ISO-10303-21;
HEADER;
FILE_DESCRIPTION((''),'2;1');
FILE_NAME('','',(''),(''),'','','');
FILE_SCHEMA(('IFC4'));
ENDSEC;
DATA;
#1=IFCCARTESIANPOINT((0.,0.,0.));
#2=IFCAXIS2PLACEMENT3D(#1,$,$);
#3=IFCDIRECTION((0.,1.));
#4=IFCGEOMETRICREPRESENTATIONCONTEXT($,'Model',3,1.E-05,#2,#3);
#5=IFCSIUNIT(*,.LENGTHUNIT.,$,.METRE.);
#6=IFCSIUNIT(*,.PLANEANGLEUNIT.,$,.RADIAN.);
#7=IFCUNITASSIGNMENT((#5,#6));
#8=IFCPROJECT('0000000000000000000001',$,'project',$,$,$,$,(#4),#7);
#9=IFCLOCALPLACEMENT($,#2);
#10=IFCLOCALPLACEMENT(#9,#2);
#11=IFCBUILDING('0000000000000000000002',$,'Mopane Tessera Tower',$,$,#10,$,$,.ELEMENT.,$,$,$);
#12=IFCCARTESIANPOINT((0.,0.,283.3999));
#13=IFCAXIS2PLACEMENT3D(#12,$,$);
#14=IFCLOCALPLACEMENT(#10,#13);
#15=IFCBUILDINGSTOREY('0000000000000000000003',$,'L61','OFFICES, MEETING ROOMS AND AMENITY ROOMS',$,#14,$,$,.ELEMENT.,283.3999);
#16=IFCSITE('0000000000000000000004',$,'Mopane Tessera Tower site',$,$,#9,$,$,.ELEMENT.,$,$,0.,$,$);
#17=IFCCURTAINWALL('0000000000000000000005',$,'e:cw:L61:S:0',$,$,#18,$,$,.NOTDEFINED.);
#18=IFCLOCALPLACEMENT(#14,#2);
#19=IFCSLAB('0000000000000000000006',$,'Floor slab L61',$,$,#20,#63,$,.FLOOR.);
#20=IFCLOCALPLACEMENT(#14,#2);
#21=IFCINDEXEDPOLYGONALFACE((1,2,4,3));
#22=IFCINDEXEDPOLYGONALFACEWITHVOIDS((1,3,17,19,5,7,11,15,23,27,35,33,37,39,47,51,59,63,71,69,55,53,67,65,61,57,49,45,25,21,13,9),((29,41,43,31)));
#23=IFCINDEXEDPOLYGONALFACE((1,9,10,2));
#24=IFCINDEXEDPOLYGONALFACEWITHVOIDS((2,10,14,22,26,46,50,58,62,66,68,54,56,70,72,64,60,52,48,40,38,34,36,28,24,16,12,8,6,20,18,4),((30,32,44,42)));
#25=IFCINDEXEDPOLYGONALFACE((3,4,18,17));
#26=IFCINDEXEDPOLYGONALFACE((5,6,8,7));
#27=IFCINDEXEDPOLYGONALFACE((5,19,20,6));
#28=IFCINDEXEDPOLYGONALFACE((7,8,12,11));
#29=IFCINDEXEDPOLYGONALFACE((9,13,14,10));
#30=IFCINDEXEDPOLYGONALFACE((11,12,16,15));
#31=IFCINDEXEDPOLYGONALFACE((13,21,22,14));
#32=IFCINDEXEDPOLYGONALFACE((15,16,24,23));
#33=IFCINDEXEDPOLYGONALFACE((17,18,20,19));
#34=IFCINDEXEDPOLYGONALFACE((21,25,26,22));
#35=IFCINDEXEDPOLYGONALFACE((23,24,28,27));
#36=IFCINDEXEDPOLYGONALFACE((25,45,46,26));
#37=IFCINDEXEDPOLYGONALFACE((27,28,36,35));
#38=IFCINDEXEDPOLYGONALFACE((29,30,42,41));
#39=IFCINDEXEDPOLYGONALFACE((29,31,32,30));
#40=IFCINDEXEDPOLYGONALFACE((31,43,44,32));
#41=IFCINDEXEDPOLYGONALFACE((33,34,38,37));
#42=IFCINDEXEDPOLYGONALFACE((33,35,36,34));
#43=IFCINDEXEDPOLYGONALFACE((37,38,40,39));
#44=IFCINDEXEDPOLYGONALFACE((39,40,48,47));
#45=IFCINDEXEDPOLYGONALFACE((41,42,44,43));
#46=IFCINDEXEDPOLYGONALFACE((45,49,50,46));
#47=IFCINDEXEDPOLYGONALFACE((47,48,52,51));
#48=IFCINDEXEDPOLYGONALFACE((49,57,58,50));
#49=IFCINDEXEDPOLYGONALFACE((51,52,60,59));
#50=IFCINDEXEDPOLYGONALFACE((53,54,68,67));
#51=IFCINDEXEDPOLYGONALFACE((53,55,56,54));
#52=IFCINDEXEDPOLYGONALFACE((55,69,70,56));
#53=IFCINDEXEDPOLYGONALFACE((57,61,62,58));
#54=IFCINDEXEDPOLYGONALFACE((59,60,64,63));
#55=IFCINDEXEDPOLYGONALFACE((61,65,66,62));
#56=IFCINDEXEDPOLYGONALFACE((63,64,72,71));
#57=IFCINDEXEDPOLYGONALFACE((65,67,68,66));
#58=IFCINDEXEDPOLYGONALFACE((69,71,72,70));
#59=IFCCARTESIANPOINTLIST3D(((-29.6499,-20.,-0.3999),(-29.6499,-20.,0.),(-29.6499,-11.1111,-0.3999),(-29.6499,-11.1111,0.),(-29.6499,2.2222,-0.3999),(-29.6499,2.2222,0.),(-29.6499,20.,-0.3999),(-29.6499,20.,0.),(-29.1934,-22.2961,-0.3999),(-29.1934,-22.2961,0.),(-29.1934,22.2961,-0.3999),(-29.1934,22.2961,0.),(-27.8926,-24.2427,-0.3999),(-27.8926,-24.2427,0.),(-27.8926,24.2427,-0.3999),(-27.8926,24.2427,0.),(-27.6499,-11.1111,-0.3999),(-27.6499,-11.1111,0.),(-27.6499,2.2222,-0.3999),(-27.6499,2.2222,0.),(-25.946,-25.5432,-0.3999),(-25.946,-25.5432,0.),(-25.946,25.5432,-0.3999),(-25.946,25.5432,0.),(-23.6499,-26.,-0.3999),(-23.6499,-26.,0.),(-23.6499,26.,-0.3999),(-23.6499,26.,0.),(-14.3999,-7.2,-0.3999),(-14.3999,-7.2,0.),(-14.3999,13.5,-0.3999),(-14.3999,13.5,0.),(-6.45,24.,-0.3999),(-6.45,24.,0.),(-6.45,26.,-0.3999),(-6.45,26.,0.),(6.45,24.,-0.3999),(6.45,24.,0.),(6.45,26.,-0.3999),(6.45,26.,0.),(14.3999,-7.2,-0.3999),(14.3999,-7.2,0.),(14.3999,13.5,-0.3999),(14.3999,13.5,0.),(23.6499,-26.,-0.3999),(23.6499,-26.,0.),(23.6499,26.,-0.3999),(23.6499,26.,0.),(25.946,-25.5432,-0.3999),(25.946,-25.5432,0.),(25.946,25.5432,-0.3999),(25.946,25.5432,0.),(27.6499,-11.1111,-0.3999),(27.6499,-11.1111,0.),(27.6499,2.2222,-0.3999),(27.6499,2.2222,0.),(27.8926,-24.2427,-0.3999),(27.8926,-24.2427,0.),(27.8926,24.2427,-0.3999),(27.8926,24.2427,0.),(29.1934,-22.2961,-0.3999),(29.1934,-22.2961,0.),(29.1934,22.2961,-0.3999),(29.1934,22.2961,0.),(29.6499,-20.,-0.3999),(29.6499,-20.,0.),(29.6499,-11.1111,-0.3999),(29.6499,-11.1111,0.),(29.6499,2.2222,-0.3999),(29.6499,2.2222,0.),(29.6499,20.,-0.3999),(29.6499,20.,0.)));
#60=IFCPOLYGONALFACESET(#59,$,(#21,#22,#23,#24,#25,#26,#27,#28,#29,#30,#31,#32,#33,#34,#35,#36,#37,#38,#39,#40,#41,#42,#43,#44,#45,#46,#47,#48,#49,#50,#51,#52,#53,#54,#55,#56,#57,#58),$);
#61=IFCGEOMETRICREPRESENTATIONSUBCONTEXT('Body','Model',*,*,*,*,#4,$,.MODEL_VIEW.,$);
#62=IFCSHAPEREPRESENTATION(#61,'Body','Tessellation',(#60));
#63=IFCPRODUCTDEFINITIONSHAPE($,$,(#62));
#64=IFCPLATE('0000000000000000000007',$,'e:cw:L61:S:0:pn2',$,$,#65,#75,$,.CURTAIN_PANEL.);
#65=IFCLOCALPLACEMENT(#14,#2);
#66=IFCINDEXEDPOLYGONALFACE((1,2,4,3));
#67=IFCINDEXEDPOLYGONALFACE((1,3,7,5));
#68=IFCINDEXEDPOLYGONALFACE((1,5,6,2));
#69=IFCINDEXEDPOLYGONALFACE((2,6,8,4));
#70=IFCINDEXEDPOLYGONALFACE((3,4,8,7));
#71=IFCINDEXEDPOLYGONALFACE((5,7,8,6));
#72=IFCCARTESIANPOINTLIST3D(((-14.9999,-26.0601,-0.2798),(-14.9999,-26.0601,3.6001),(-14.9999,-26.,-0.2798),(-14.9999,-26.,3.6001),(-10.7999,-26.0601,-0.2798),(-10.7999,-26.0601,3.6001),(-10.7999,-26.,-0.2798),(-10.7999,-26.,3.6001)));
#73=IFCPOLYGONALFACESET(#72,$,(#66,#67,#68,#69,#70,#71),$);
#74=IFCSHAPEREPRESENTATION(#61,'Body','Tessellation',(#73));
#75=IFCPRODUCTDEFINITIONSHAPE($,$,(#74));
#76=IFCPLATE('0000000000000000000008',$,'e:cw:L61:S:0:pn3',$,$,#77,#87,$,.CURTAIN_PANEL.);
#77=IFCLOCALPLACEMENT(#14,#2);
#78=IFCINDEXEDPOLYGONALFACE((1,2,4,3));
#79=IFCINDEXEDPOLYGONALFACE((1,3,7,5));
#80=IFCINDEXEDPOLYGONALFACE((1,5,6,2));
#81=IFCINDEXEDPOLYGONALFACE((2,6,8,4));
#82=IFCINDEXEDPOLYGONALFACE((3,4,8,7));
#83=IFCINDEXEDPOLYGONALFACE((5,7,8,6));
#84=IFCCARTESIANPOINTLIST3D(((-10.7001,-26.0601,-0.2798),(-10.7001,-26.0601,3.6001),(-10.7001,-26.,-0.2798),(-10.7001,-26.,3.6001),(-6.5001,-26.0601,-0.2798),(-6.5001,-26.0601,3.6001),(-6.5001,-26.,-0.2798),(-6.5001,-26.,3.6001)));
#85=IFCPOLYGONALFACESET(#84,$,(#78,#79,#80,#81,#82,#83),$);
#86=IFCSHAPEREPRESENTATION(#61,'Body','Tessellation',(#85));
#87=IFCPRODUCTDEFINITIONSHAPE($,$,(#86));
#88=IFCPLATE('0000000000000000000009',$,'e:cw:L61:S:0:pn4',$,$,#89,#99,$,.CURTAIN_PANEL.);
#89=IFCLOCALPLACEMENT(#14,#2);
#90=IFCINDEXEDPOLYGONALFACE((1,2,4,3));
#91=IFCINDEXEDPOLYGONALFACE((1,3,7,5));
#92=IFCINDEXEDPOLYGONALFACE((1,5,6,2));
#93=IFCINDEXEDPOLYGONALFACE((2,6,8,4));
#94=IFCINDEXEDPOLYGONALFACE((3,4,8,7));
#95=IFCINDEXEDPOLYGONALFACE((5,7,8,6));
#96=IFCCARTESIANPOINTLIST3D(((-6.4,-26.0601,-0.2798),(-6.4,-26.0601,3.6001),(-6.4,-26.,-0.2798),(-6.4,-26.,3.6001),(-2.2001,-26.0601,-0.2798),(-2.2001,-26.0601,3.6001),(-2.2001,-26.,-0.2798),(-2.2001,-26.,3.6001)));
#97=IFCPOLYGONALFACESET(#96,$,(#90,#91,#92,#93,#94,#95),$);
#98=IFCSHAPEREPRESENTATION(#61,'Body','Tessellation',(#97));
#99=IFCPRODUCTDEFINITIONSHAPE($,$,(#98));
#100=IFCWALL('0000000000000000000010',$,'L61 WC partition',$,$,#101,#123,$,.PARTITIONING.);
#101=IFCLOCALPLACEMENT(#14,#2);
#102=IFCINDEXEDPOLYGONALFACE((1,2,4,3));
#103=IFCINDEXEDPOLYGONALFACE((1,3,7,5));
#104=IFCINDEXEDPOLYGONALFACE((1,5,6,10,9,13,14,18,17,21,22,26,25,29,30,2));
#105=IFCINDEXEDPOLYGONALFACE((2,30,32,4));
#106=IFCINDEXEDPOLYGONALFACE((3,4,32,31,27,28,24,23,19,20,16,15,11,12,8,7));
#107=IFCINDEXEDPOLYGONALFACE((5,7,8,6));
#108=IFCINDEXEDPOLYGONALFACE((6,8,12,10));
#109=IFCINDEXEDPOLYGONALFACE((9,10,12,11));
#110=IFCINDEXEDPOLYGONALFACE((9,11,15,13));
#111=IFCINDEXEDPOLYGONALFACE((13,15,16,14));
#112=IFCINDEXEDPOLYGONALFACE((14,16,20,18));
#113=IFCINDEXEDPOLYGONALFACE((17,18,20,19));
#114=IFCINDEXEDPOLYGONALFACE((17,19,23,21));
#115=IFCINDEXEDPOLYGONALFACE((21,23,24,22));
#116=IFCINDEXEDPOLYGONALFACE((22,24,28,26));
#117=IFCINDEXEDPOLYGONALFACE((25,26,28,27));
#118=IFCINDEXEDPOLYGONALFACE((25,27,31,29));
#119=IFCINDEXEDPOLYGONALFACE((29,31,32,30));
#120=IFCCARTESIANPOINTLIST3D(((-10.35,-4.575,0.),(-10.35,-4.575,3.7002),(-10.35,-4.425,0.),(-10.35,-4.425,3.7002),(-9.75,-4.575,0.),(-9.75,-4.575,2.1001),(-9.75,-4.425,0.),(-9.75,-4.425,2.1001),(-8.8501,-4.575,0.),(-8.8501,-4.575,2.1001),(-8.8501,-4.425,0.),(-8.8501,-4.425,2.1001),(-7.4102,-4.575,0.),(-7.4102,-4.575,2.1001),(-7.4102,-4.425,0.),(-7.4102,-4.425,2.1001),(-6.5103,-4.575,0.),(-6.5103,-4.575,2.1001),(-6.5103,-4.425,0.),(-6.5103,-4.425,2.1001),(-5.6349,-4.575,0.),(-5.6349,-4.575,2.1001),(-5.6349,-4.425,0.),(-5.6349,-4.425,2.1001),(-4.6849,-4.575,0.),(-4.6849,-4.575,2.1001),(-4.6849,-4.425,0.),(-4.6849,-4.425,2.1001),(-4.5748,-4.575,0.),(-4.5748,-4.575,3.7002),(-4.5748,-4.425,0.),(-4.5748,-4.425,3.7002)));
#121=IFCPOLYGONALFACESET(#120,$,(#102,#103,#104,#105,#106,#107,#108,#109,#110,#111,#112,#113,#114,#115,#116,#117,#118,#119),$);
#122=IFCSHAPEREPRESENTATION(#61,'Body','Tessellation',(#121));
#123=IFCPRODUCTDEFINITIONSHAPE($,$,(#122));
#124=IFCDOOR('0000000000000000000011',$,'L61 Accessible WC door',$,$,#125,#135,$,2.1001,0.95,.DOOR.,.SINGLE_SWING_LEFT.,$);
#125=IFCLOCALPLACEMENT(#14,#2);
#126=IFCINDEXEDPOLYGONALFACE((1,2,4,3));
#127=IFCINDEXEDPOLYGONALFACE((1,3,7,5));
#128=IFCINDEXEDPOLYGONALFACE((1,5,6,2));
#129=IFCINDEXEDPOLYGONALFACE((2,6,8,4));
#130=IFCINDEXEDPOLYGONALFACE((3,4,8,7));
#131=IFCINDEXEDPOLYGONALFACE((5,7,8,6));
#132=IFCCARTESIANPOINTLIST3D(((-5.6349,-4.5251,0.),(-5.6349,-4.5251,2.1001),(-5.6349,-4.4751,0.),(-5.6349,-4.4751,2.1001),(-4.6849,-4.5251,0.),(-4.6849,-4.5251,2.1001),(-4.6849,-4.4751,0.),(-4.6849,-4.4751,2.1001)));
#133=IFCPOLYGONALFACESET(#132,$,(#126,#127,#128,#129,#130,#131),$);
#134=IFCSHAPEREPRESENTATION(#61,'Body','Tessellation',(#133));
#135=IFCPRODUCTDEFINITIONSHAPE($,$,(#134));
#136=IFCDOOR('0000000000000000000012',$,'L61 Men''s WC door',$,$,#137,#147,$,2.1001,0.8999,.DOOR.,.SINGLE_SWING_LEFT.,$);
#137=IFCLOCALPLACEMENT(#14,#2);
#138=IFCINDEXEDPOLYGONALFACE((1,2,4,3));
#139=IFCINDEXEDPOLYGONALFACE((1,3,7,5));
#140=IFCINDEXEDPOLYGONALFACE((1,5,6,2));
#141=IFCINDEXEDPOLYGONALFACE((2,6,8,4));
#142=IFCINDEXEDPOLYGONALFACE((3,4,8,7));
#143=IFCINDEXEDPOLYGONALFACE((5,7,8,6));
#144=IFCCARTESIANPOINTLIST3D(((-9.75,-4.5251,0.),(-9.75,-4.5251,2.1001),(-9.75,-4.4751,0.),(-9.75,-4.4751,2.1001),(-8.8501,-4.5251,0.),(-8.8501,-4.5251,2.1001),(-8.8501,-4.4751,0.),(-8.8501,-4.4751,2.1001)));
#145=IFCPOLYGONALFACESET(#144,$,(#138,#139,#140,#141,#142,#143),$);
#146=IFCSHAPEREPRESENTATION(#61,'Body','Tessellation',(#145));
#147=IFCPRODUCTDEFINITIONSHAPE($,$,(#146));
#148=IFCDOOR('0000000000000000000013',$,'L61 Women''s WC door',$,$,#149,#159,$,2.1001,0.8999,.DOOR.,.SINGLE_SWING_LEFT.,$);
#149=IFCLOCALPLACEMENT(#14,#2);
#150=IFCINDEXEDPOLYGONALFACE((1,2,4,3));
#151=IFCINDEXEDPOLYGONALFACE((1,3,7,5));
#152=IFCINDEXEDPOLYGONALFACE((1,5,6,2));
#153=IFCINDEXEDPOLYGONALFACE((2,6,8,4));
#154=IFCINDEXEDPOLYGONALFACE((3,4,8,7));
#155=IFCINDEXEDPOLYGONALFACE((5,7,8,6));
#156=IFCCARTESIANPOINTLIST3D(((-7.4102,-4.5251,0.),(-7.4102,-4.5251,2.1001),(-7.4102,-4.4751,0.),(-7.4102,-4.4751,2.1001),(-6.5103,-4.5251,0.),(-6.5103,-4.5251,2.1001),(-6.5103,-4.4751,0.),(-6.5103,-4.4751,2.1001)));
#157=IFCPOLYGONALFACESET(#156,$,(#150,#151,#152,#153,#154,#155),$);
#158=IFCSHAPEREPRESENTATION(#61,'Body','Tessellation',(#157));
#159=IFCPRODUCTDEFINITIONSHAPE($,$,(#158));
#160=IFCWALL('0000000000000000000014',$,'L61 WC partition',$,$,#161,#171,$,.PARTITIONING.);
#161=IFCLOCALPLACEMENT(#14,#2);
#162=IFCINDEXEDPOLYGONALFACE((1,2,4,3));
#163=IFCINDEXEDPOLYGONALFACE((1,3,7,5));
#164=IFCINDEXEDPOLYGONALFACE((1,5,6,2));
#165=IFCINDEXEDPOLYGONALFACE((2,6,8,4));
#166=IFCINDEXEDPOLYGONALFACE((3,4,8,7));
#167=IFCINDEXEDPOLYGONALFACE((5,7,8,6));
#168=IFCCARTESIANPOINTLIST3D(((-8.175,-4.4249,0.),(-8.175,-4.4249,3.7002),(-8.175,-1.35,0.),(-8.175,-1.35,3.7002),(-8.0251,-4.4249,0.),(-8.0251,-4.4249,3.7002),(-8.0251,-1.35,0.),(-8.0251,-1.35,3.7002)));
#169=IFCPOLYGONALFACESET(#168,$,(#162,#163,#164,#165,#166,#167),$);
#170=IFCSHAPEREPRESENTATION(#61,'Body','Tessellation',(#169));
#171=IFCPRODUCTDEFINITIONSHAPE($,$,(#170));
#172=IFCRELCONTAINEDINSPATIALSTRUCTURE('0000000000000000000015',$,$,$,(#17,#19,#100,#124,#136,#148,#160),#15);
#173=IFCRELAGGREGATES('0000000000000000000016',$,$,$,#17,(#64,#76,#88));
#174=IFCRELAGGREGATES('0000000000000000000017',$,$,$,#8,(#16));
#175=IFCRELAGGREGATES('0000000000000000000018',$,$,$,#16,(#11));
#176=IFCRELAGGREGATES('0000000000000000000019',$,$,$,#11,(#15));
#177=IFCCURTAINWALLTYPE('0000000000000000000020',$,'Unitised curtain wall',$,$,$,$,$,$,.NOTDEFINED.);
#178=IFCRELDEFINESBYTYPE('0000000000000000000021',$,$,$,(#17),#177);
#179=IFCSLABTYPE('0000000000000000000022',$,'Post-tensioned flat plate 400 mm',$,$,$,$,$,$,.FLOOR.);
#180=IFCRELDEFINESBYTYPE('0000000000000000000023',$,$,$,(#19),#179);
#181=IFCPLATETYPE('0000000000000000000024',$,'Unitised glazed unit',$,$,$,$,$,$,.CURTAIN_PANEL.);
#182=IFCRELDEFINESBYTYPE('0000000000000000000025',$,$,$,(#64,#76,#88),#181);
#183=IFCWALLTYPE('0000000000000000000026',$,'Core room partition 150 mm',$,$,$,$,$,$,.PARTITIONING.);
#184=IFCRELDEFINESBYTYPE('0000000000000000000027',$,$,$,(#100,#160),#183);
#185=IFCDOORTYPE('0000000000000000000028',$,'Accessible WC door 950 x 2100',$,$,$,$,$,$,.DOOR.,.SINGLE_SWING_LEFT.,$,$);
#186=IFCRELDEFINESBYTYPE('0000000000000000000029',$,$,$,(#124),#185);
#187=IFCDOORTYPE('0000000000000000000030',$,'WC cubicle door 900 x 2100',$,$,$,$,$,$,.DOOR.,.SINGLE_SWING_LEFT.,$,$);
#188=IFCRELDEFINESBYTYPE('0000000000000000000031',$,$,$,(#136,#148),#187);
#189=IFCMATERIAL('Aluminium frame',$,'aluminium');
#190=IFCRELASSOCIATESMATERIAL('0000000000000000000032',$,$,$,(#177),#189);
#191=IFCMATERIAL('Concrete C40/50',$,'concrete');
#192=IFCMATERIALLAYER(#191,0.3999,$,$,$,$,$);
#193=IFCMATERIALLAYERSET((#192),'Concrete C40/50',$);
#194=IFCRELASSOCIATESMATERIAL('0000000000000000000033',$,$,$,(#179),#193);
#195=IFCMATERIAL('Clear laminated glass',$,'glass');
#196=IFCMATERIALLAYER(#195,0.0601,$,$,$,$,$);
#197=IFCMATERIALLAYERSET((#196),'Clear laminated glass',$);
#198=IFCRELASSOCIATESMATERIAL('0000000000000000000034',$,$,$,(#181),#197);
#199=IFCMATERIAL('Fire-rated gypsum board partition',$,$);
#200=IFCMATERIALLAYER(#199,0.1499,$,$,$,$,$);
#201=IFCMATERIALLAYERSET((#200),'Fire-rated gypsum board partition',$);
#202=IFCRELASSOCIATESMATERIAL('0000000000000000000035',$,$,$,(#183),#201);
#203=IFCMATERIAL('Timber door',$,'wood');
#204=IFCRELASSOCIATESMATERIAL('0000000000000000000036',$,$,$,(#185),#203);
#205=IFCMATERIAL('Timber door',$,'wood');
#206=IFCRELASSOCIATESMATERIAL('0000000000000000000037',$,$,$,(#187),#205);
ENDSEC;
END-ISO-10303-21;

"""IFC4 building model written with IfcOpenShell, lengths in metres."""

from ifc_helpers import new_model, si_unit, direction, frame, frame_2d, origin, origin_2d, place, context, subcontext, project, spatial, polyline, rectangle, outline, extrude, material, layer, layer_set, type_object, element, fill, aggregate, save


model = new_model("IFC4")

# Units and contexts
model_context = context("Model", 3, precision=1e-05, world=origin(), true_north=direction((0.0, 1.0)))
body_context = subcontext(model_context, "Body", "Model", "MODEL_VIEW")
ifc_project = project(units=[si_unit("LENGTHUNIT", "METRE"), si_unit("PLANEANGLEUNIT", "RADIAN")], contexts=[model_context])

# Site, building, storey
site_placement = place(None, origin())
site = spatial("IfcSite", under=ifc_project, at=site_placement, Name="Mopane Tessera Tower site", CompositionType="ELEMENT", RefElevation=0.0)
building_placement = place(site_placement, origin())
building = spatial("IfcBuilding", under=site, at=building_placement, Name="Mopane Tessera Tower", CompositionType="ELEMENT")
storey_placement = place(building_placement, frame((0.0, 0.0, 283.3999)))
storey = spatial("IfcBuildingStorey", under=building, at=storey_placement, Name="L61", Description="OFFICES, MEETING ROOMS AND AMENITY ROOMS", CompositionType="ELEMENT", Elevation=283.3999)

# Curtain wall
ifc_material_1 = material(Name="Aluminium frame", Category="aluminium")
curtain_wall_type = type_object("IfcCurtainWallType", Name="Unitised curtain wall", PredefinedType="NOTDEFINED", material=ifc_material_1)
curtain_wall_placement = place(storey_placement, origin())
curtain_wall = element("IfcCurtainWall", 1, at=curtain_wall_placement, inside=storey, type_object=curtain_wall_type, Name="e:cw:L61:S:0", PredefinedType="NOTDEFINED")

# Slab
ifc_material_2 = material(Name="Concrete C40/50", Category="concrete")
ifc_layer_1 = layer(ifc_material_2, 0.3999)
ifc_layer_set_1 = layer_set([ifc_layer_1], Name="Concrete C40/50")
slab_type_1 = type_object("IfcSlabType", Name="Post-tensioned flat plate 400 mm", PredefinedType="FLOOR", material=ifc_layer_set_1)
slab_1_placement = place(storey_placement, frame((0.0, 0.0, -0.3999)))
element("IfcSlab", 2, at=slab_1_placement, inside=storey, type_object=slab_type_1, Name="Floor slab L61", PredefinedType="FLOOR", context=body_context, shape_type="SweptSolid", body=[
    extrude(outline(polyline([(29.6499, -20.0), (29.6499, -11.1111), (27.6499, -11.1111), (27.6499, 2.2222), (29.6499, 2.2222), (29.6499, 20.0), (29.1934, 22.2961), (27.8926, 24.2427), (25.946, 25.5432), (23.6499, 26.0), (6.45, 26.0), (6.45, 24.0), (-6.45, 24.0), (-6.45, 26.0), (-23.6499, 26.0), (-25.946, 25.5432), (-27.8926, 24.2427), (-29.1934, 22.2961), (-29.6499, 20.0), (-29.6499, 2.2222), (-27.6499, 2.2222), (-27.6499, -11.1111), (-29.6499, -11.1111), (-29.6499, -20.0), (-29.1934, -22.2961), (-27.8926, -24.2427), (-25.946, -25.5432), (-23.6499, -26.0), (23.6499, -26.0), (25.946, -25.5432), (27.8926, -24.2427), (29.1934, -22.2961), (29.6499, -20.0)]), holes=[polyline([(14.3999, -7.2), (-14.3999, -7.2), (-14.3999, 13.5), (14.3999, 13.5), (14.3999, -7.2)])]), origin(), (0.0, 0.0, 1.0), 0.3999),
])

# Plates
ifc_material_3 = material(Name="Clear laminated glass", Category="glass")
ifc_layer_2 = layer(ifc_material_3, 0.0601)
ifc_layer_set_2 = layer_set([ifc_layer_2], Name="Clear laminated glass")
plate_type = type_object("IfcPlateType", Name="Unitised glazed unit", PredefinedType="CURTAIN_PANEL", material=ifc_layer_set_2)
plate_1_placement = place(storey_placement, frame((-12.8999, -26.03, -0.2798), z_axis=(0.0, 0.0, 1.0), x_axis=(1.0, 0.0, 0.0)))
plate_1 = element("IfcPlate", 3, at=plate_1_placement, type_object=plate_type, Name="e:cw:L61:S:0:pn2", PredefinedType="CURTAIN_PANEL", context=body_context, shape_type="SweptSolid", body=[
    extrude(rectangle(XDim=4.2, YDim=0.0601, at=origin_2d()), origin(), (0.0, 0.0, 1.0), 3.8799),
])
plate_2_placement = place(storey_placement, frame((-8.6001, -26.03, -0.2798), z_axis=(0.0, 0.0, 1.0), x_axis=(1.0, 0.0, 0.0)))
plate_2 = element("IfcPlate", 4, at=plate_2_placement, type_object=plate_type, Name="e:cw:L61:S:0:pn3", PredefinedType="CURTAIN_PANEL", context=body_context, shape_type="SweptSolid", body=[
    extrude(rectangle(XDim=4.2, YDim=0.0601, at=origin_2d()), origin(), (0.0, 0.0, 1.0), 3.8799),
])
plate_3_placement = place(storey_placement, frame((-4.3, -26.03, -0.2798), z_axis=(0.0, 0.0, 1.0), x_axis=(1.0, 0.0, 0.0)))
plate_3 = element("IfcPlate", 5, at=plate_3_placement, type_object=plate_type, Name="e:cw:L61:S:0:pn4", PredefinedType="CURTAIN_PANEL", context=body_context, shape_type="SweptSolid", body=[
    extrude(rectangle(XDim=4.2, YDim=0.0601, at=origin_2d()), origin(), (0.0, 0.0, 1.0), 3.8799),
])
aggregate(curtain_wall, [plate_1, plate_2, plate_3])

# Wall, openings, doors
ifc_material_4 = material(Name="Fire-rated gypsum board partition")
ifc_layer_3 = layer(ifc_material_4, 0.1499)
ifc_layer_set_3 = layer_set([ifc_layer_3], Name="Fire-rated gypsum board partition")
wall_type_1 = type_object("IfcWallType", Name="Core room partition 150 mm", PredefinedType="PARTITIONING", material=ifc_layer_set_3)
wall_1_placement = place(storey_placement, frame((-10.3501, -4.5, 0.0), z_axis=(0.0, 0.0, 1.0), x_axis=(1.0, 0.0, 0.0)))
wall_1 = element("IfcWall", 6, at=wall_1_placement, inside=storey, type_object=wall_type_1, Name="L61 WC partition", PredefinedType="PARTITIONING", context=body_context, shape_type="SweptSolid", body=[
    extrude(rectangle(XDim=5.7751, YDim=0.1499, at=frame_2d((2.8877, 0.0))), origin(), (0.0, 0.0, 1.0), 3.7002),
])
opening_1_placement = place(wall_1_placement, frame((0.6001, 0.0, 0.0)))
opening_1 = element("IfcOpeningElement", 7, at=opening_1_placement, cuts=wall_1, PredefinedType="OPENING", context=body_context, shape_type="SweptSolid", body=[
    extrude(rectangle(XDim=0.8999, YDim=2.1001, at=frame_2d((0.45, 1.05))), frame((0.0, 0.0869, 0.0), z_axis=(0.0, -1.0, 0.0), x_axis=(1.0, 0.0, 0.0)), (0.0, 0.0, 1.0), 0.1738),
])
opening_2_placement = place(wall_1_placement, frame((2.9399, 0.0, 0.0)))
opening_2 = element("IfcOpeningElement", 8, at=opening_2_placement, cuts=wall_1, PredefinedType="OPENING", context=body_context, shape_type="SweptSolid", body=[
    extrude(rectangle(XDim=0.8999, YDim=2.1001, at=frame_2d((0.45, 1.05))), frame((0.0, 0.0869, 0.0), z_axis=(0.0, -1.0, 0.0), x_axis=(1.0, 0.0, 0.0)), (0.0, 0.0, 1.0), 0.1738),
])
opening_3_placement = place(wall_1_placement, frame((4.7151, 0.0, 0.0)))
opening_3 = element("IfcOpeningElement", 9, at=opening_3_placement, cuts=wall_1, PredefinedType="OPENING", context=body_context, shape_type="SweptSolid", body=[
    extrude(rectangle(XDim=0.95, YDim=2.1001, at=frame_2d((0.4751, 1.05))), frame((0.0, 0.0869, 0.0), z_axis=(0.0, -1.0, 0.0), x_axis=(1.0, 0.0, 0.0)), (0.0, 0.0, 1.0), 0.1738),
])
ifc_material_5 = material(Name="Timber door", Category="wood")
door_type_1 = type_object("IfcDoorType", Name="Accessible WC door 950 x 2100", OperationType="SINGLE_SWING_LEFT", PredefinedType="DOOR", material=ifc_material_5)
door_1_placement = place(opening_3_placement, origin())
door_1 = element("IfcDoor", 10, at=door_1_placement, inside=storey, type_object=door_type_1, Name="L61 Accessible WC door", OperationType="SINGLE_SWING_LEFT", OverallHeight=2.1001, OverallWidth=0.95, PredefinedType="DOOR", context=body_context, shape_type="SweptSolid", body=[
    extrude(rectangle(XDim=0.95, YDim=2.1001, at=frame_2d((0.4751, 1.05))), frame((0.0, 0.0249, 0.0), z_axis=(0.0, -1.0, 0.0), x_axis=(1.0, 0.0, 0.0)), (0.0, 0.0, 1.0), 0.05),
])
fill(opening_3, door_1)
ifc_material_6 = material(Name="Timber door", Category="wood")
door_type_2 = type_object("IfcDoorType", Name="WC cubicle door 900 x 2100", OperationType="SINGLE_SWING_LEFT", PredefinedType="DOOR", material=ifc_material_6)
door_2_placement = place(opening_1_placement, origin())
door_2 = element("IfcDoor", 11, at=door_2_placement, inside=storey, type_object=door_type_2, Name="L61 Men's WC door", OperationType="SINGLE_SWING_LEFT", OverallHeight=2.1001, OverallWidth=0.8999, PredefinedType="DOOR", context=body_context, shape_type="SweptSolid", body=[
    extrude(rectangle(XDim=0.8999, YDim=2.1001, at=frame_2d((0.45, 1.05))), frame((0.0, 0.0249, 0.0), z_axis=(0.0, -1.0, 0.0), x_axis=(1.0, 0.0, 0.0)), (0.0, 0.0, 1.0), 0.05),
])
fill(opening_1, door_2)
door_3_placement = place(opening_2_placement, origin())
door_3 = element("IfcDoor", 12, at=door_3_placement, inside=storey, type_object=door_type_2, Name="L61 Women's WC door", OperationType="SINGLE_SWING_LEFT", OverallHeight=2.1001, OverallWidth=0.8999, PredefinedType="DOOR", context=body_context, shape_type="SweptSolid", body=[
    extrude(rectangle(XDim=0.8999, YDim=2.1001, at=frame_2d((0.45, 1.05))), frame((0.0, 0.0249, 0.0), z_axis=(0.0, -1.0, 0.0), x_axis=(1.0, 0.0, 0.0)), (0.0, 0.0, 1.0), 0.05),
])
fill(opening_2, door_3)

# Wall
for number, where, z_axis, x_axis, name in (
    (13, (-8.1001, -4.425, 0.0), (0.0, 0.0, 1.0), (0.0, 1.0, 0.0), "L61 WC partition"),
):
    element("IfcWall", number, at=place(storey_placement, frame(where, z_axis=z_axis, x_axis=x_axis)), inside=storey, type_object=wall_type_1, Name=name, PredefinedType="PARTITIONING", context=body_context, shape_type="SweptSolid", body=[
        extrude(rectangle(XDim=3.075, YDim=0.1499, at=frame_2d((1.5376, 0.0))), origin(), (0.0, 0.0, 1.0), 3.7002),
    ])

save(model, "model.ifc")
